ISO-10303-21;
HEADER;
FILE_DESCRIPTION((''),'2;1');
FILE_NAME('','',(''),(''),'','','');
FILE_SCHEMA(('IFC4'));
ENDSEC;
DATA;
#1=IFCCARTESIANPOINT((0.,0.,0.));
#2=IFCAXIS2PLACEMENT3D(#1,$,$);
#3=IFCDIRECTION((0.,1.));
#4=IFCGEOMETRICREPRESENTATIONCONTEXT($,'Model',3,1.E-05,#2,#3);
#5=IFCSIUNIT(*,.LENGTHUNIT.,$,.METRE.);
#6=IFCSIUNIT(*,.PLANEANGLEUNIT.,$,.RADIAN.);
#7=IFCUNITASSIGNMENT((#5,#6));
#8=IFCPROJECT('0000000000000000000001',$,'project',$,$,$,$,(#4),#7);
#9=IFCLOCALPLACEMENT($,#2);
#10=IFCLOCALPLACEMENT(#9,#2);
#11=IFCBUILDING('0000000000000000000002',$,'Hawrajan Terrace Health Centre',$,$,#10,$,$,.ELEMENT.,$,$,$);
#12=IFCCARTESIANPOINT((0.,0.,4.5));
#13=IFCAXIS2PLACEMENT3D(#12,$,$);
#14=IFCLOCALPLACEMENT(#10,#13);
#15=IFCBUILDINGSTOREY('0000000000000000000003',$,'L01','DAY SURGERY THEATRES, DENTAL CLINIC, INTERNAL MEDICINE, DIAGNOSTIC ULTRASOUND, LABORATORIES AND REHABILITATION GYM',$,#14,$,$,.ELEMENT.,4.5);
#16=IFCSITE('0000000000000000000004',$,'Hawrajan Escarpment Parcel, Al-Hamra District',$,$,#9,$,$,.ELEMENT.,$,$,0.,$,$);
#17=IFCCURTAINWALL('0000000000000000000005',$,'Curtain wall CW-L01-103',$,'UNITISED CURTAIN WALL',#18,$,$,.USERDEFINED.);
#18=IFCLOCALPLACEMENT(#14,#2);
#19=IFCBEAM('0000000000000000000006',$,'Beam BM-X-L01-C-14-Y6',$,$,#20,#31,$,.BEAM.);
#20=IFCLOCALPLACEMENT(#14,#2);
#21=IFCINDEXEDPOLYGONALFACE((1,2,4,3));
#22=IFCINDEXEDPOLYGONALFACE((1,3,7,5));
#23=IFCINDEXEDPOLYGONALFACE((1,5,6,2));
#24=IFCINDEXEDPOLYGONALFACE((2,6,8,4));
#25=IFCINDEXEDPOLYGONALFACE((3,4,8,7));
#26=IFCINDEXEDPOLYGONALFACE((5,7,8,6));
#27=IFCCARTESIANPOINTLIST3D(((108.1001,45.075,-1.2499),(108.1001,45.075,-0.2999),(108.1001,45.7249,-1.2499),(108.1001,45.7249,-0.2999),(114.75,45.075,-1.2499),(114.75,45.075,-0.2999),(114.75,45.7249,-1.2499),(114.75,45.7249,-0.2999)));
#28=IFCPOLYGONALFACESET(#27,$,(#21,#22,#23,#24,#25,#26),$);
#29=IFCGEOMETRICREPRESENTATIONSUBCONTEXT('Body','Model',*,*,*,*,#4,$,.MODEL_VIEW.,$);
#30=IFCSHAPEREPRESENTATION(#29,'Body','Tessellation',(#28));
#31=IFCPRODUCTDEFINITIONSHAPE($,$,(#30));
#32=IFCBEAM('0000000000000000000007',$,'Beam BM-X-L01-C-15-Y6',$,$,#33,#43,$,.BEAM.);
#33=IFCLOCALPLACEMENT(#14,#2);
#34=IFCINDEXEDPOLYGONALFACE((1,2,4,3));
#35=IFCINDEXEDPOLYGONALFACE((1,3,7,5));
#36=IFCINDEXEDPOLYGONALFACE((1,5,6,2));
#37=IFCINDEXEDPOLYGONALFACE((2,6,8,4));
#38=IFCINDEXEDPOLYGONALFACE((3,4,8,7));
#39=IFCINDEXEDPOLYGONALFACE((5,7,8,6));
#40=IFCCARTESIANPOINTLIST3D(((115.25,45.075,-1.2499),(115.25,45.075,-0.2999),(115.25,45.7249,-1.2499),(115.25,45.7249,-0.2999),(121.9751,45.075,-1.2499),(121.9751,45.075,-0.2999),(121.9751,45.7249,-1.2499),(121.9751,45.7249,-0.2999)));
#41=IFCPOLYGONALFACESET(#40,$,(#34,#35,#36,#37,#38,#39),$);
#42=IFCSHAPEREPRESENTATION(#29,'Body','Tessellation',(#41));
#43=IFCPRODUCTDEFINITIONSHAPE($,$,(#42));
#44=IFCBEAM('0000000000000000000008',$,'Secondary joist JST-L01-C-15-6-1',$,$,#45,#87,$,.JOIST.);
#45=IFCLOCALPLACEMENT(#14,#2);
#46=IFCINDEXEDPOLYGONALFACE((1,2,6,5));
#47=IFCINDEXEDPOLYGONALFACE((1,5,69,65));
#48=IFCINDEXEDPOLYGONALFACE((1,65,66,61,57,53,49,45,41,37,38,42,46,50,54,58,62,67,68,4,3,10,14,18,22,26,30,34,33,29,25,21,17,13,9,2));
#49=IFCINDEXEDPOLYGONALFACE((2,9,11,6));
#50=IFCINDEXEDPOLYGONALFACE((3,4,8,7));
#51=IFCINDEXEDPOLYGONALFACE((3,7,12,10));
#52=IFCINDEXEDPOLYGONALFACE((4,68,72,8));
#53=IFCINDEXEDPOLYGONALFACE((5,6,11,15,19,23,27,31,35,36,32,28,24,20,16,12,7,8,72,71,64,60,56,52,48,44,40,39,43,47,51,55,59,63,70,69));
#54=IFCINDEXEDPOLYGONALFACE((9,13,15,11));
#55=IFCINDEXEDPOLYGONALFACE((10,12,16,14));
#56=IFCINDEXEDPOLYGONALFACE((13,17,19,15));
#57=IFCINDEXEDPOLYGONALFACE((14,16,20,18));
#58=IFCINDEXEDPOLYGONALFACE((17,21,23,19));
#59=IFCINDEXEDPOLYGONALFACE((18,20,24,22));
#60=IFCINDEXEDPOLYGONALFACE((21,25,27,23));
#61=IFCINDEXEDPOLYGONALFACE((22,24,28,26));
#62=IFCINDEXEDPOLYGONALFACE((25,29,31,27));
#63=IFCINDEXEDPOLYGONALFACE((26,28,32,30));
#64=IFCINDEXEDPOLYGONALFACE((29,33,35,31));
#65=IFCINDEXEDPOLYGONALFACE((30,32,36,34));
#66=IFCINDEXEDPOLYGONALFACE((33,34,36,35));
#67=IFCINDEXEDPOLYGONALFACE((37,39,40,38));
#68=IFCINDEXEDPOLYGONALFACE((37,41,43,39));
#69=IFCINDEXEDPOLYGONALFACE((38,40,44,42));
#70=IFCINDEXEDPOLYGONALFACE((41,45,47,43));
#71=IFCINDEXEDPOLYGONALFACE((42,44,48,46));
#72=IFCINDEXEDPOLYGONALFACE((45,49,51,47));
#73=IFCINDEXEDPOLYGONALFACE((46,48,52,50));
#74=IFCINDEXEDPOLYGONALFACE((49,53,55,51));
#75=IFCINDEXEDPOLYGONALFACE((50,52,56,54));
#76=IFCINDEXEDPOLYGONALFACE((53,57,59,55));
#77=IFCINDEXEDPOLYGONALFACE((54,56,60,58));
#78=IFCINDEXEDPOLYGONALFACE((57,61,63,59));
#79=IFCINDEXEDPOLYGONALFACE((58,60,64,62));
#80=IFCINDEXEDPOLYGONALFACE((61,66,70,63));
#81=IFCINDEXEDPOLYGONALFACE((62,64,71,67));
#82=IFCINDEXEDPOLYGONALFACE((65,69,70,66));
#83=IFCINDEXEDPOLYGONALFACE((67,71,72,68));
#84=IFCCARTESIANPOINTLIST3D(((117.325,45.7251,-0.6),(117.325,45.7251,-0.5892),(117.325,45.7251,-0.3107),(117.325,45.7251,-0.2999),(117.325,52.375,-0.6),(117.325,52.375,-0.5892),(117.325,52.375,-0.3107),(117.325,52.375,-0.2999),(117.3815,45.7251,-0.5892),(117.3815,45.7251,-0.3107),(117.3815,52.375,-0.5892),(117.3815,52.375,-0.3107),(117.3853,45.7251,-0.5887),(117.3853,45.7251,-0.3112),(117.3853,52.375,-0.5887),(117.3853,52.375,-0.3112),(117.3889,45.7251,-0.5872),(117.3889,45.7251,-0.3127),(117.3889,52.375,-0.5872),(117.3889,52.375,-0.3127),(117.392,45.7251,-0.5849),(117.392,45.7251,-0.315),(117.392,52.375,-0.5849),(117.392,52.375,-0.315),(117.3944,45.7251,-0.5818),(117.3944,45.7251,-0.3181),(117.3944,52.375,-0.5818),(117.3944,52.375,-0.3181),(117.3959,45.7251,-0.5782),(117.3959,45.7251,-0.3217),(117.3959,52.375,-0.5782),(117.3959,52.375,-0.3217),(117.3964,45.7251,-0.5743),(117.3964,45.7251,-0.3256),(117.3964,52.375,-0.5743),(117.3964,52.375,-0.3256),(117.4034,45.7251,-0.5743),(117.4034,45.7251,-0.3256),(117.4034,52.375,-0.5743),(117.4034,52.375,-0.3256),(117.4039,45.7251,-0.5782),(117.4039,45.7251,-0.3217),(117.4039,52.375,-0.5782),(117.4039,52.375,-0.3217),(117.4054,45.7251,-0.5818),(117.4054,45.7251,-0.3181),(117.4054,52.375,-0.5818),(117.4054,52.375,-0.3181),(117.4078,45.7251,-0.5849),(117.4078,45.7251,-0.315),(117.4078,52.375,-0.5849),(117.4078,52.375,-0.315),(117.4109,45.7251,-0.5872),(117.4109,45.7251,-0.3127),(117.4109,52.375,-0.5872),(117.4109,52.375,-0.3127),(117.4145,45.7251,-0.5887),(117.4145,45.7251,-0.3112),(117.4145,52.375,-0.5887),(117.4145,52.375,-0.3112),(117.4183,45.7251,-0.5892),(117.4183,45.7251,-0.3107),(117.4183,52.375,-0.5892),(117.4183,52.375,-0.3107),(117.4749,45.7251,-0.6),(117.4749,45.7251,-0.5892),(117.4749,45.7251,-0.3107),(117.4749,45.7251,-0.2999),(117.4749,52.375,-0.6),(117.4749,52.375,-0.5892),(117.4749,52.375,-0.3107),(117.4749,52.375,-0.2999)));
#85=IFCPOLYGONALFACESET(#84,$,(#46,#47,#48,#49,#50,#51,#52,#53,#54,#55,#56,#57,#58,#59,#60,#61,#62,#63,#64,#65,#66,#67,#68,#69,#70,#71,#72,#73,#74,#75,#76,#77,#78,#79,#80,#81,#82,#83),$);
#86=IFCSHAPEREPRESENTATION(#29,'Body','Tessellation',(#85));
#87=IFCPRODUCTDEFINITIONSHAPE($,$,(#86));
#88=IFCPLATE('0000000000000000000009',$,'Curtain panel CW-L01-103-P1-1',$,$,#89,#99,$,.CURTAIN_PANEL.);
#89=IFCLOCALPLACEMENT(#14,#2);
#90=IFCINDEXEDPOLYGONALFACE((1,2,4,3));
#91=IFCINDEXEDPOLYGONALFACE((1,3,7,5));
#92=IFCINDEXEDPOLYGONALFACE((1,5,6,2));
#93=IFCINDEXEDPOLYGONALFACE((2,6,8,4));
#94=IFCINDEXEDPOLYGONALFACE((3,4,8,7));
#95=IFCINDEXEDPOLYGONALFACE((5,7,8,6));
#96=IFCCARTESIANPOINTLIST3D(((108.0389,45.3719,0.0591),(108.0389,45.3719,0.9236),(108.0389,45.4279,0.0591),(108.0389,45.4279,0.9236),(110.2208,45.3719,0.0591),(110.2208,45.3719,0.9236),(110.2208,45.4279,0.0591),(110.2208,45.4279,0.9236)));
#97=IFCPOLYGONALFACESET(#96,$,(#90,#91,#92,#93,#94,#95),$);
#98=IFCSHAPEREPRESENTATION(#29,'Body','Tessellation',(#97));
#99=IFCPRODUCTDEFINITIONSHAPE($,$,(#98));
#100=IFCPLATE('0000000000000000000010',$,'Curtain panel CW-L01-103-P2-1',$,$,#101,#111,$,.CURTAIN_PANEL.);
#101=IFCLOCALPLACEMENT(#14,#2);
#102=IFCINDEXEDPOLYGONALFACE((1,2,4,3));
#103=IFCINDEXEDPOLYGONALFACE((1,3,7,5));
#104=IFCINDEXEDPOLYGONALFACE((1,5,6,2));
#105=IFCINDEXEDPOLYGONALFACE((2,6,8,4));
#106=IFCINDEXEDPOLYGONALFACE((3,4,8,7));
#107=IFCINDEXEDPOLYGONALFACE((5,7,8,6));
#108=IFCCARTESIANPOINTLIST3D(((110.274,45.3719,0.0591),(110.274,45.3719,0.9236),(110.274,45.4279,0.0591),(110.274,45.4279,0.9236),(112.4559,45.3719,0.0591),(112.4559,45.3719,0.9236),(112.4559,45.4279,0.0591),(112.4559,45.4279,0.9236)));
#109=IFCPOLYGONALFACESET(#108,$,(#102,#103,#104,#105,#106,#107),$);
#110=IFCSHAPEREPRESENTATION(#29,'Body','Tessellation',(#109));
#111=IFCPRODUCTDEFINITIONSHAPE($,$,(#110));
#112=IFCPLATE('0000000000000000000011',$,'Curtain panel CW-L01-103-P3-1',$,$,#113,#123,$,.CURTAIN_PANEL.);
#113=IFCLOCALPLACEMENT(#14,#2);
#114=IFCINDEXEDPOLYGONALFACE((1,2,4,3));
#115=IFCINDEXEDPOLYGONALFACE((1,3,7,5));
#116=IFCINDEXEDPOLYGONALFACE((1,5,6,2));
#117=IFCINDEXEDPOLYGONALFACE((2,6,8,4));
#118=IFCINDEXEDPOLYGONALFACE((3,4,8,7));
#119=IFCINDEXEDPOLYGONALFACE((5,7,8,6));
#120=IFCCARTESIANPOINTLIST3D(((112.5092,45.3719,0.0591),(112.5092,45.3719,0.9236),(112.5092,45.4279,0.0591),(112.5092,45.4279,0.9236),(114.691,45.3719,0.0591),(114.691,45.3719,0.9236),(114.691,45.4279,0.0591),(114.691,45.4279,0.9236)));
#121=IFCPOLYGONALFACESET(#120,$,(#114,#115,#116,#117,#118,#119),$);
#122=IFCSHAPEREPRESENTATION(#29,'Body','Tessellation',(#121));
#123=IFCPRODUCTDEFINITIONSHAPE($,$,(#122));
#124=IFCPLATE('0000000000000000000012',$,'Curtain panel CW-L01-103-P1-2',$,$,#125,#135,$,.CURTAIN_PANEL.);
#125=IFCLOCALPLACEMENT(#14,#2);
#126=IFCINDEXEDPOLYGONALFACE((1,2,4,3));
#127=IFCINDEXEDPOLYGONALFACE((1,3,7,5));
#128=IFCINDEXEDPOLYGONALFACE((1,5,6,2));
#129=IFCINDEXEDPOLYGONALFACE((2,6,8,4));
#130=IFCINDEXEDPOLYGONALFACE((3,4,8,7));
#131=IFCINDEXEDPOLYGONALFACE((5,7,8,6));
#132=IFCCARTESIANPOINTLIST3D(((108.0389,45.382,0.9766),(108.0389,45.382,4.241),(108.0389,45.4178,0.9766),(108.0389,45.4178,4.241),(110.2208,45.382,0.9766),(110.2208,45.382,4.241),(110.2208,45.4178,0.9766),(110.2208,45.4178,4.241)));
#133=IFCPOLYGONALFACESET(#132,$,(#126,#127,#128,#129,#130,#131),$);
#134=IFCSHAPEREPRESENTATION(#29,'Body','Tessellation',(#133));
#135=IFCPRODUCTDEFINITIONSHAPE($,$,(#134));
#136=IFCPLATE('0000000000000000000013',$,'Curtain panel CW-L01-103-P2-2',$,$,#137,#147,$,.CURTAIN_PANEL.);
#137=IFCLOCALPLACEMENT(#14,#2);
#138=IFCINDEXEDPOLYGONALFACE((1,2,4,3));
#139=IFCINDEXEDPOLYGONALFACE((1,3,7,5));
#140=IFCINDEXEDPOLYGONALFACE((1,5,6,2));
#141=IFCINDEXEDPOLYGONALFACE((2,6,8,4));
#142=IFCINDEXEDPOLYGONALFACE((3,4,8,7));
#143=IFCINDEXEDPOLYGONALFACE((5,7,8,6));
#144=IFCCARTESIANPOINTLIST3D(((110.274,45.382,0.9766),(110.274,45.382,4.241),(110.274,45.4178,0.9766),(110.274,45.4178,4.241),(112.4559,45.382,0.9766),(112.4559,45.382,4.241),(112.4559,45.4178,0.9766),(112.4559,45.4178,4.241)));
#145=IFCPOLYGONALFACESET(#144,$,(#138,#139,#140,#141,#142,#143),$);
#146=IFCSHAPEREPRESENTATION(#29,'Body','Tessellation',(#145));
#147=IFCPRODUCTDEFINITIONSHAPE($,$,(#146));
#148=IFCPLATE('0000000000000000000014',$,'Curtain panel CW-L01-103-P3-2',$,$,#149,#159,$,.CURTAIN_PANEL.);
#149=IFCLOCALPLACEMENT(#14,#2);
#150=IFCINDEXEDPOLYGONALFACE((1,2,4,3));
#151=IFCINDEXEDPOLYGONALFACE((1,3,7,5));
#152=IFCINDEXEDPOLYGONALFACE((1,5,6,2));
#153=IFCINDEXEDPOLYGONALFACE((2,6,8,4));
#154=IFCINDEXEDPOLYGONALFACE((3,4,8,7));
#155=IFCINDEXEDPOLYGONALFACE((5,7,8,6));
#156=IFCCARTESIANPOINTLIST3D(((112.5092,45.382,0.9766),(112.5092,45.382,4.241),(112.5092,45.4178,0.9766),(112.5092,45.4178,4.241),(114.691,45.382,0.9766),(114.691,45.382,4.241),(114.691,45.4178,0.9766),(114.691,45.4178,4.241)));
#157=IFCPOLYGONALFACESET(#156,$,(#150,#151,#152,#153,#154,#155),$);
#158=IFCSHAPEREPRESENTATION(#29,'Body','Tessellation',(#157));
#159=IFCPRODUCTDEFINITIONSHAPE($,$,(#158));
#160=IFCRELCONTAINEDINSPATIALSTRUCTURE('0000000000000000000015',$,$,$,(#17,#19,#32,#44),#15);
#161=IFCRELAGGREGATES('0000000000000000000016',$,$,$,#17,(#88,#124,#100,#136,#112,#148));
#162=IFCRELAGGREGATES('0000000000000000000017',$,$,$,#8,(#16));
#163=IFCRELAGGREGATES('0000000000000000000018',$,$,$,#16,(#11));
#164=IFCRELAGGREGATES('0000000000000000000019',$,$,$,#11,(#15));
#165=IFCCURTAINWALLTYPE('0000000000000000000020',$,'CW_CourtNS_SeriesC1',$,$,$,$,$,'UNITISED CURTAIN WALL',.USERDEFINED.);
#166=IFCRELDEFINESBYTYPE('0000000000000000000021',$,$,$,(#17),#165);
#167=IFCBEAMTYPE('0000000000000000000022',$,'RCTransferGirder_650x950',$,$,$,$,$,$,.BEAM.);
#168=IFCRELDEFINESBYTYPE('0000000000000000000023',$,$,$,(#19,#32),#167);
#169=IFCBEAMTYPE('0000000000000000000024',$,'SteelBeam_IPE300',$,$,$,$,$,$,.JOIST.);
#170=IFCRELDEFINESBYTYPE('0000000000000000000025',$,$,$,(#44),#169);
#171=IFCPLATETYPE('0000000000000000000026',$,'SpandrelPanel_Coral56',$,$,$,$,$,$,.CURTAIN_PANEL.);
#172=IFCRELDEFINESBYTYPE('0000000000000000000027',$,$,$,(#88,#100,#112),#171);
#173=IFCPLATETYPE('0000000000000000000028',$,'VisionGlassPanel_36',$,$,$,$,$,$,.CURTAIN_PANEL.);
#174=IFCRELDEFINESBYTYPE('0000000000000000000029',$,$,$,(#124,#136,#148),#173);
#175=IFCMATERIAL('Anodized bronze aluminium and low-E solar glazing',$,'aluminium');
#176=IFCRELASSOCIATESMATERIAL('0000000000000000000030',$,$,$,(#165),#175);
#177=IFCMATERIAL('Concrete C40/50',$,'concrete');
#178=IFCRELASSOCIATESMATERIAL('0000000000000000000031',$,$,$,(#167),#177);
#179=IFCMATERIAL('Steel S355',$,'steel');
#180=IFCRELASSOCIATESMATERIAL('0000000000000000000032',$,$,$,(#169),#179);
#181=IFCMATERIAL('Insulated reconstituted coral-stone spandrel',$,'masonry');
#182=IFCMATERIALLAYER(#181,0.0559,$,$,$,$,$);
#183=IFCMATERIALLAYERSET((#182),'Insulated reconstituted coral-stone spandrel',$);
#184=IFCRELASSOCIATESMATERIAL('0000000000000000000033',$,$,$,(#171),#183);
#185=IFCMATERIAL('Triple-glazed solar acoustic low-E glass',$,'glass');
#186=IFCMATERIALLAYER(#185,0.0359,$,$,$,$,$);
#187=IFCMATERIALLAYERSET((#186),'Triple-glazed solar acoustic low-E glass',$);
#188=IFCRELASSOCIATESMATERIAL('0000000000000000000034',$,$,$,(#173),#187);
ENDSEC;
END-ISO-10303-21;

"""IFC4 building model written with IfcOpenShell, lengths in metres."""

from ifc_helpers import new_model, si_unit, direction, frame, origin, origin_2d, place, context, subcontext, project, spatial, rectangle, i_section, extrude, material, layer, layer_set, material_profile, profile_set, type_object, element, aggregate, save


model = new_model("IFC4")

# Units and contexts
model_context = context("Model", 3, precision=1e-05, world=origin(), true_north=direction((0.0, 1.0)))
body_context = subcontext(model_context, "Body", "Model", "MODEL_VIEW")
ifc_project = project(units=[si_unit("LENGTHUNIT", "METRE"), si_unit("PLANEANGLEUNIT", "RADIAN")], contexts=[model_context])

# Site, building, storey
site_placement = place(None, origin())
site = spatial("IfcSite", under=ifc_project, at=site_placement, Name="Hawrajan Escarpment Parcel, Al-Hamra District", CompositionType="ELEMENT", RefElevation=0.0)
building_placement = place(site_placement, origin())
building = spatial("IfcBuilding", under=site, at=building_placement, Name="Hawrajan Terrace Health Centre", CompositionType="ELEMENT")
storey_placement = place(building_placement, frame((0.0, 0.0, 4.5)))
storey = spatial("IfcBuildingStorey", under=building, at=storey_placement, Name="L01", Description="DAY SURGERY THEATRES, DENTAL CLINIC, INTERNAL MEDICINE, DIAGNOSTIC ULTRASOUND, LABORATORIES AND REHABILITATION GYM", CompositionType="ELEMENT", Elevation=4.5)

# Shared definitions
ifc_material_1 = material(Name="Concrete C40/50", Category="concrete")

# Curtain wall
ifc_material_2 = material(Name="Anodized bronze aluminium and low-E solar glazing", Category="aluminium")
curtain_wall_type = type_object("IfcCurtainWallType", Name="CW_CourtNS_SeriesC1", ElementType="UNITISED CURTAIN WALL", PredefinedType="USERDEFINED", material=ifc_material_2)
curtain_wall_placement = place(storey_placement, origin())
curtain_wall = element("IfcCurtainWall", 1, at=curtain_wall_placement, inside=storey, type_object=curtain_wall_type, Name="Curtain wall CW-L01-103", ObjectType="UNITISED CURTAIN WALL", PredefinedType="USERDEFINED")

# Beams
ifc_material_profile_1 = material_profile(ifc_material_1, rectangle(XDim=0.6499, YDim=0.95, at=origin_2d()), Name="RC TG 650x950")
ifc_profile_set_1 = profile_set([ifc_material_profile_1], Name="Concrete C40/50")
beam_type_1 = type_object("IfcBeamType", Name="RCTransferGirder_650x950", PredefinedType="BEAM", material=ifc_profile_set_1)
beam_1_placement = place(storey_placement, frame((108.1001, 45.3999, -0.7749), z_axis=(1.0, 0.0, 0.0), x_axis=(0.0, 1.0, 0.0)))
element("IfcBeam", 2, at=beam_1_placement, inside=storey, type_object=beam_type_1, Name="Beam BM-X-L01-C-14-Y6", PredefinedType="BEAM", context=body_context, shape_type="SweptSolid", body=[
    extrude(rectangle(XDim=0.6499, YDim=0.95, at=origin_2d()), origin(), (0.0, 0.0, 1.0), 6.6499),
])
beam_2_placement = place(storey_placement, frame((115.25, 45.3999, -0.7749), z_axis=(1.0, 0.0, 0.0), x_axis=(0.0, 1.0, 0.0)))
element("IfcBeam", 3, at=beam_2_placement, inside=storey, type_object=beam_type_1, Name="Beam BM-X-L01-C-15-Y6", PredefinedType="BEAM", context=body_context, shape_type="SweptSolid", body=[
    extrude(rectangle(XDim=0.6499, YDim=0.95, at=origin_2d()), origin(), (0.0, 0.0, 1.0), 6.7251),
])
ifc_material_3 = material(Name="Steel S355", Category="steel")
ifc_material_profile_2 = material_profile(ifc_material_3, i_section(OverallWidth=0.1499, OverallDepth=0.3, WebThickness=0.0071, FlangeThickness=0.0107, FilletRadius=0.0149, at=origin_2d()), Name="IPE 300")
ifc_profile_set_2 = profile_set([ifc_material_profile_2], Name="Steel S355")
beam_type_2 = type_object("IfcBeamType", Name="SteelBeam_IPE300", PredefinedType="JOIST", material=ifc_profile_set_2)
beam_3_placement = place(storey_placement, frame((117.3999, 45.7251, -0.45), z_axis=(0.0, 1.0, 0.0), x_axis=(-1.0, 0.0, 0.0)))
element("IfcBeam", 4, at=beam_3_placement, inside=storey, type_object=beam_type_2, Name="Secondary joist JST-L01-C-15-6-1", PredefinedType="JOIST", context=body_context, shape_type="SweptSolid", body=[
    extrude(i_section(OverallWidth=0.1499, OverallDepth=0.3, WebThickness=0.0071, FlangeThickness=0.0107, FilletRadius=0.0149, at=origin_2d()), origin(), (0.0, 0.0, 1.0), 6.6499),
])

# Plates
ifc_material_4 = material(Name="Insulated reconstituted coral-stone spandrel", Category="masonry")
ifc_layer_1 = layer(ifc_material_4, 0.0559)
ifc_layer_set_1 = layer_set([ifc_layer_1], Name="Insulated reconstituted coral-stone spandrel")
plate_type_1 = type_object("IfcPlateType", Name="SpandrelPanel_Coral56", PredefinedType="CURTAIN_PANEL", material=ifc_layer_set_1)
plate_1_placement = place(storey_placement, frame((109.1299, 45.3999, 0.0591), z_axis=(0.0, 0.0, 1.0), x_axis=(1.0, 0.0, 0.0)))
plate_1 = element("IfcPlate", 5, at=plate_1_placement, type_object=plate_type_1, Name="Curtain panel CW-L01-103-P1-1", PredefinedType="CURTAIN_PANEL", context=body_context, shape_type="SweptSolid", body=[
    extrude(rectangle(XDim=2.1819, YDim=0.0559, at=origin_2d()), origin(), (0.0, 0.0, 1.0), 0.8645),
])
plate_2_placement = place(storey_placement, frame((111.365, 45.3999, 0.0591), z_axis=(0.0, 0.0, 1.0), x_axis=(1.0, 0.0, 0.0)))
plate_2 = element("IfcPlate", 6, at=plate_2_placement, type_object=plate_type_1, Name="Curtain panel CW-L01-103-P2-1", PredefinedType="CURTAIN_PANEL", context=body_context, shape_type="SweptSolid", body=[
    extrude(rectangle(XDim=2.1819, YDim=0.0559, at=origin_2d()), origin(), (0.0, 0.0, 1.0), 0.8645),
])
plate_3_placement = place(storey_placement, frame((113.6001, 45.3999, 0.0591), z_axis=(0.0, 0.0, 1.0), x_axis=(1.0, 0.0, 0.0)))
plate_3 = element("IfcPlate", 7, at=plate_3_placement, type_object=plate_type_1, Name="Curtain panel CW-L01-103-P3-1", PredefinedType="CURTAIN_PANEL", context=body_context, shape_type="SweptSolid", body=[
    extrude(rectangle(XDim=2.1819, YDim=0.0559, at=origin_2d()), origin(), (0.0, 0.0, 1.0), 0.8645),
])
ifc_material_5 = material(Name="Triple-glazed solar acoustic low-E glass", Category="glass")
ifc_layer_2 = layer(ifc_material_5, 0.0359)
ifc_layer_set_2 = layer_set([ifc_layer_2], Name="Triple-glazed solar acoustic low-E glass")
plate_type_2 = type_object("IfcPlateType", Name="VisionGlassPanel_36", PredefinedType="CURTAIN_PANEL", material=ifc_layer_set_2)
plate_4_placement = place(storey_placement, frame((109.1299, 45.3999, 0.9766), z_axis=(0.0, 0.0, 1.0), x_axis=(1.0, 0.0, 0.0)))
plate_4 = element("IfcPlate", 8, at=plate_4_placement, type_object=plate_type_2, Name="Curtain panel CW-L01-103-P1-2", PredefinedType="CURTAIN_PANEL", context=body_context, shape_type="SweptSolid", body=[
    extrude(rectangle(XDim=2.1819, YDim=0.0359, at=origin_2d()), origin(), (0.0, 0.0, 1.0), 3.2644),
])
plate_5_placement = place(storey_placement, frame((111.365, 45.3999, 0.9766), z_axis=(0.0, 0.0, 1.0), x_axis=(1.0, 0.0, 0.0)))
plate_5 = element("IfcPlate", 9, at=plate_5_placement, type_object=plate_type_2, Name="Curtain panel CW-L01-103-P2-2", PredefinedType="CURTAIN_PANEL", context=body_context, shape_type="SweptSolid", body=[
    extrude(rectangle(XDim=2.1819, YDim=0.0359, at=origin_2d()), origin(), (0.0, 0.0, 1.0), 3.2644),
])
plate_6_placement = place(storey_placement, frame((113.6001, 45.3999, 0.9766), z_axis=(0.0, 0.0, 1.0), x_axis=(1.0, 0.0, 0.0)))
plate_6 = element("IfcPlate", 10, at=plate_6_placement, type_object=plate_type_2, Name="Curtain panel CW-L01-103-P3-2", PredefinedType="CURTAIN_PANEL", context=body_context, shape_type="SweptSolid", body=[
    extrude(rectangle(XDim=2.1819, YDim=0.0359, at=origin_2d()), origin(), (0.0, 0.0, 1.0), 3.2644),
])
aggregate(curtain_wall, [plate_1, plate_4, plate_2, plate_5, plate_3, plate_6])

save(model, "model.ifc")
